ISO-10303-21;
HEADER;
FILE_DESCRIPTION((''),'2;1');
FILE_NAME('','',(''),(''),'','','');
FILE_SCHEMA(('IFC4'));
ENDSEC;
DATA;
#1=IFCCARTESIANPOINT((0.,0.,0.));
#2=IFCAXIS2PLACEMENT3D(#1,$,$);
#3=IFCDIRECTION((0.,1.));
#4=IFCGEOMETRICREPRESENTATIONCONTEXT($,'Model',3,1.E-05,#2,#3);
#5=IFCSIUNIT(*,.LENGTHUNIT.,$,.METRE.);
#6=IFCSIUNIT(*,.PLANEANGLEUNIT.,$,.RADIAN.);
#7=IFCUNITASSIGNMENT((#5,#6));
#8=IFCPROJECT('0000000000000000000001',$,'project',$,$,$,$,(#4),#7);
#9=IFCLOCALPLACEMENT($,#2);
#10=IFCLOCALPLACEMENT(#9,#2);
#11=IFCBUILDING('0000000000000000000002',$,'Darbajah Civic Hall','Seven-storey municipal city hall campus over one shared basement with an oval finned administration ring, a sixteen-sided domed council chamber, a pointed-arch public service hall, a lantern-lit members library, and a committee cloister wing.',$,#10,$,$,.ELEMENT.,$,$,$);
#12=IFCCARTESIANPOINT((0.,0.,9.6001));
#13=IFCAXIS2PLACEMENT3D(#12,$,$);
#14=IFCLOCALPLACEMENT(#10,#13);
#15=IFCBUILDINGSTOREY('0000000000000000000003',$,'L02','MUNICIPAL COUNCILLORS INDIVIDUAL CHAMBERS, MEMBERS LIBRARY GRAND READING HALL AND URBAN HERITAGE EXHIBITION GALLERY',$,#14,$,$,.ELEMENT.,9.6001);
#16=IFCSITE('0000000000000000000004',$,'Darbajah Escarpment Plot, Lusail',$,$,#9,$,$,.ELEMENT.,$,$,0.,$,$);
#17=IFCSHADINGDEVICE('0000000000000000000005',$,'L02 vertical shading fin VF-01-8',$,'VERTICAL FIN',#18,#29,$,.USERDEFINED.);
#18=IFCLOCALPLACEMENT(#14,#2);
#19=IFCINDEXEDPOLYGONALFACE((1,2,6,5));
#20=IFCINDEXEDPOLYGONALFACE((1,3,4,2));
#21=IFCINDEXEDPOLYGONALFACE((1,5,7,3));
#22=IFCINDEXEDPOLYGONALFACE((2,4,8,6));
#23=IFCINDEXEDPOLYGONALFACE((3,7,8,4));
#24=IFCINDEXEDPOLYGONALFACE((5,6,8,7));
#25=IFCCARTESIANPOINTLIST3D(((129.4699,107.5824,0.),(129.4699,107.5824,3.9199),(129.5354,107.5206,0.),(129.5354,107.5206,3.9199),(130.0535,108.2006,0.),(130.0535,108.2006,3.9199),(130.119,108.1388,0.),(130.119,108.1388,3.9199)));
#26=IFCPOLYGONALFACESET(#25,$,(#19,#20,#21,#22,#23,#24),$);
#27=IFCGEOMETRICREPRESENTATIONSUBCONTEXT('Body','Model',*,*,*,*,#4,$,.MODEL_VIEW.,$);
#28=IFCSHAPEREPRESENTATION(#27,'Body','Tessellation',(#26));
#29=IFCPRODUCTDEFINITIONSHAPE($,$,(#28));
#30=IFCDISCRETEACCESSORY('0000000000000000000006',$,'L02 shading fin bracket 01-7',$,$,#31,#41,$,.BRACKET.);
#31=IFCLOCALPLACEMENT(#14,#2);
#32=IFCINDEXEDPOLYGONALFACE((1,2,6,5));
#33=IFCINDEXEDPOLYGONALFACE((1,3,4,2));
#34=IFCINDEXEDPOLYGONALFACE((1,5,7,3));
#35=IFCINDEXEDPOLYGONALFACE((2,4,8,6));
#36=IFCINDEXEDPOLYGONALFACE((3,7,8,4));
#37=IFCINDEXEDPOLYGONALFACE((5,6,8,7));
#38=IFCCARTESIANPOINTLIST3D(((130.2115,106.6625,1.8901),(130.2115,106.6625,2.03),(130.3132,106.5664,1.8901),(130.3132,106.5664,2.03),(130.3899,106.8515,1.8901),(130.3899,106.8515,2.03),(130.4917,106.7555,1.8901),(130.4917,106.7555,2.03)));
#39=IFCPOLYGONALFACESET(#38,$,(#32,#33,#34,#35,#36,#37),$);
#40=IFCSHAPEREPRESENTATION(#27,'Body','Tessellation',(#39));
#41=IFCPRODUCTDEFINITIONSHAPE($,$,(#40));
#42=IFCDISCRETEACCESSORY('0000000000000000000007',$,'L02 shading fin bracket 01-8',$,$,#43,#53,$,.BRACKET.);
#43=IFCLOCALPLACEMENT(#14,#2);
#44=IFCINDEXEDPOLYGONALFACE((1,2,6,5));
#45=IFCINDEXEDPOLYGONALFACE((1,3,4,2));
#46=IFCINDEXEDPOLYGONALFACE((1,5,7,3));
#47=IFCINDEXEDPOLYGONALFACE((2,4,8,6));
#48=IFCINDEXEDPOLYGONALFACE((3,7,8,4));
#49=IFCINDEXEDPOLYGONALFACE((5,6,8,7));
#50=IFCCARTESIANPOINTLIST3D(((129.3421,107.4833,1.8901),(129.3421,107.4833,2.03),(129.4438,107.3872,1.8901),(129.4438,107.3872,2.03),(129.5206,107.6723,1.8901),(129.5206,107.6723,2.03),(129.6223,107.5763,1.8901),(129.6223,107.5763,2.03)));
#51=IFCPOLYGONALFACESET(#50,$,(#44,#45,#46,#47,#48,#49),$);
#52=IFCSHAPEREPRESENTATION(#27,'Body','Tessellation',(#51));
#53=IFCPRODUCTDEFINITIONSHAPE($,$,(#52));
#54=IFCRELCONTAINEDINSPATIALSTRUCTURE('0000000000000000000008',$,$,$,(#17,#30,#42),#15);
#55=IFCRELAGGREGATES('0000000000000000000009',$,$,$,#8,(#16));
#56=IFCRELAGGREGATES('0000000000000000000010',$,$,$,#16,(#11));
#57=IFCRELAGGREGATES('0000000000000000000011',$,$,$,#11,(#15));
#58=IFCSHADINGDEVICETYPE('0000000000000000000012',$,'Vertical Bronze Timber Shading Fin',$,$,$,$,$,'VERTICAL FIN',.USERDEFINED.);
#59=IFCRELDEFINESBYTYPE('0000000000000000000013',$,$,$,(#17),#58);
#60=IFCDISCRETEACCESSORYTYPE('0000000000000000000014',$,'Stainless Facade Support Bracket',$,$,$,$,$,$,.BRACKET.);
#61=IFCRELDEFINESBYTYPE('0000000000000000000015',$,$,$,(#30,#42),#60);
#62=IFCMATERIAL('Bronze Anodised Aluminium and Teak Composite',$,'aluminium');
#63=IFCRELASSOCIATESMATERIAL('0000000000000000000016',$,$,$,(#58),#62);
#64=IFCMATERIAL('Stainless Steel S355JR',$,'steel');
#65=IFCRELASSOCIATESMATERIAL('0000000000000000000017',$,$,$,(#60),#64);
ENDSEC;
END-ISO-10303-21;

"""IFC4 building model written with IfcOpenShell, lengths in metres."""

from ifc_helpers import new_model, si_unit, direction, frame, origin, origin_2d, place, context, subcontext, project, spatial, rectangle, extrude, material, type_object, element, save


model = new_model("IFC4")

# Units and contexts
model_context = context("Model", 3, precision=1e-05, world=origin(), true_north=direction((0.0, 1.0)))
body_context = subcontext(model_context, "Body", "Model", "MODEL_VIEW")
ifc_project = project(units=[si_unit("LENGTHUNIT", "METRE"), si_unit("PLANEANGLEUNIT", "RADIAN")], contexts=[model_context])

# Site, building, storey
site_placement = place(None, origin())
site = spatial("IfcSite", under=ifc_project, at=site_placement, Name="Darbajah Escarpment Plot, Lusail", CompositionType="ELEMENT", RefElevation=0.0)
building_placement = place(site_placement, origin())
building = spatial("IfcBuilding", under=site, at=building_placement, Name="Darbajah Civic Hall", Description="Seven-storey municipal city hall campus over one shared basement with an oval finned administration ring, a sixteen-sided domed council chamber, a pointed-arch public service hall, a lantern-lit members library, and a committee cloister wing.", CompositionType="ELEMENT")
storey_placement = place(building_placement, frame((0.0, 0.0, 9.6001)))
storey = spatial("IfcBuildingStorey", under=building, at=storey_placement, Name="L02", Description="MUNICIPAL COUNCILLORS INDIVIDUAL CHAMBERS, MEMBERS LIBRARY GRAND READING HALL AND URBAN HERITAGE EXHIBITION GALLERY", CompositionType="ELEMENT", Elevation=9.6001)

# Shading device
ifc_material_1 = material(Name="Bronze Anodised Aluminium and Teak Composite", Category="aluminium")
shading_device_type = type_object("IfcShadingDeviceType", Name="Vertical Bronze Timber Shading Fin", ElementType="VERTICAL FIN", PredefinedType="USERDEFINED", material=ifc_material_1)
shading_device_placement = place(storey_placement, frame((129.7944, 107.8606, 0.0), z_axis=(0.0, 0.0, 1.0), x_axis=(0.686453, 0.727174, 0.0)))
element("IfcShadingDevice", 1, at=shading_device_placement, inside=storey, type_object=shading_device_type, Name="L02 vertical shading fin VF-01-8", ObjectType="VERTICAL FIN", PredefinedType="USERDEFINED", context=body_context, shape_type="SweptSolid", body=[
    extrude(rectangle(XDim=0.8501, YDim=0.0901, at=origin_2d()), origin(), (0.0, 0.0, 1.0), 3.9199),
])

# Discrete accessories
ifc_material_2 = material(Name="Stainless Steel S355JR", Category="steel")
discrete_accessory_type = type_object("IfcDiscreteAccessoryType", Name="Stainless Facade Support Bracket", PredefinedType="BRACKET", material=ifc_material_2)
for number, where, z_axis, x_axis, name in (
    (2, (130.3516, 106.709, 1.8901), (0.0, 0.0, 1.0), (0.686453, 0.727174, 0.0), "L02 shading fin bracket 01-7"),
    (3, (129.4822, 107.5298, 1.8901), (0.0, 0.0, 1.0), (0.686453, 0.727174, 0.0), "L02 shading fin bracket 01-8"),
):
    element("IfcDiscreteAccessory", number, at=place(storey_placement, frame(where, z_axis=z_axis, x_axis=x_axis)), inside=storey, type_object=discrete_accessory_type, Name=name, PredefinedType="BRACKET", context=body_context, shape_type="SweptSolid", body=[
        extrude(rectangle(XDim=0.26, YDim=0.1399, at=origin_2d()), origin(), (0.0, 0.0, 1.0), 0.1399),
    ])

save(model, "model.ifc")
